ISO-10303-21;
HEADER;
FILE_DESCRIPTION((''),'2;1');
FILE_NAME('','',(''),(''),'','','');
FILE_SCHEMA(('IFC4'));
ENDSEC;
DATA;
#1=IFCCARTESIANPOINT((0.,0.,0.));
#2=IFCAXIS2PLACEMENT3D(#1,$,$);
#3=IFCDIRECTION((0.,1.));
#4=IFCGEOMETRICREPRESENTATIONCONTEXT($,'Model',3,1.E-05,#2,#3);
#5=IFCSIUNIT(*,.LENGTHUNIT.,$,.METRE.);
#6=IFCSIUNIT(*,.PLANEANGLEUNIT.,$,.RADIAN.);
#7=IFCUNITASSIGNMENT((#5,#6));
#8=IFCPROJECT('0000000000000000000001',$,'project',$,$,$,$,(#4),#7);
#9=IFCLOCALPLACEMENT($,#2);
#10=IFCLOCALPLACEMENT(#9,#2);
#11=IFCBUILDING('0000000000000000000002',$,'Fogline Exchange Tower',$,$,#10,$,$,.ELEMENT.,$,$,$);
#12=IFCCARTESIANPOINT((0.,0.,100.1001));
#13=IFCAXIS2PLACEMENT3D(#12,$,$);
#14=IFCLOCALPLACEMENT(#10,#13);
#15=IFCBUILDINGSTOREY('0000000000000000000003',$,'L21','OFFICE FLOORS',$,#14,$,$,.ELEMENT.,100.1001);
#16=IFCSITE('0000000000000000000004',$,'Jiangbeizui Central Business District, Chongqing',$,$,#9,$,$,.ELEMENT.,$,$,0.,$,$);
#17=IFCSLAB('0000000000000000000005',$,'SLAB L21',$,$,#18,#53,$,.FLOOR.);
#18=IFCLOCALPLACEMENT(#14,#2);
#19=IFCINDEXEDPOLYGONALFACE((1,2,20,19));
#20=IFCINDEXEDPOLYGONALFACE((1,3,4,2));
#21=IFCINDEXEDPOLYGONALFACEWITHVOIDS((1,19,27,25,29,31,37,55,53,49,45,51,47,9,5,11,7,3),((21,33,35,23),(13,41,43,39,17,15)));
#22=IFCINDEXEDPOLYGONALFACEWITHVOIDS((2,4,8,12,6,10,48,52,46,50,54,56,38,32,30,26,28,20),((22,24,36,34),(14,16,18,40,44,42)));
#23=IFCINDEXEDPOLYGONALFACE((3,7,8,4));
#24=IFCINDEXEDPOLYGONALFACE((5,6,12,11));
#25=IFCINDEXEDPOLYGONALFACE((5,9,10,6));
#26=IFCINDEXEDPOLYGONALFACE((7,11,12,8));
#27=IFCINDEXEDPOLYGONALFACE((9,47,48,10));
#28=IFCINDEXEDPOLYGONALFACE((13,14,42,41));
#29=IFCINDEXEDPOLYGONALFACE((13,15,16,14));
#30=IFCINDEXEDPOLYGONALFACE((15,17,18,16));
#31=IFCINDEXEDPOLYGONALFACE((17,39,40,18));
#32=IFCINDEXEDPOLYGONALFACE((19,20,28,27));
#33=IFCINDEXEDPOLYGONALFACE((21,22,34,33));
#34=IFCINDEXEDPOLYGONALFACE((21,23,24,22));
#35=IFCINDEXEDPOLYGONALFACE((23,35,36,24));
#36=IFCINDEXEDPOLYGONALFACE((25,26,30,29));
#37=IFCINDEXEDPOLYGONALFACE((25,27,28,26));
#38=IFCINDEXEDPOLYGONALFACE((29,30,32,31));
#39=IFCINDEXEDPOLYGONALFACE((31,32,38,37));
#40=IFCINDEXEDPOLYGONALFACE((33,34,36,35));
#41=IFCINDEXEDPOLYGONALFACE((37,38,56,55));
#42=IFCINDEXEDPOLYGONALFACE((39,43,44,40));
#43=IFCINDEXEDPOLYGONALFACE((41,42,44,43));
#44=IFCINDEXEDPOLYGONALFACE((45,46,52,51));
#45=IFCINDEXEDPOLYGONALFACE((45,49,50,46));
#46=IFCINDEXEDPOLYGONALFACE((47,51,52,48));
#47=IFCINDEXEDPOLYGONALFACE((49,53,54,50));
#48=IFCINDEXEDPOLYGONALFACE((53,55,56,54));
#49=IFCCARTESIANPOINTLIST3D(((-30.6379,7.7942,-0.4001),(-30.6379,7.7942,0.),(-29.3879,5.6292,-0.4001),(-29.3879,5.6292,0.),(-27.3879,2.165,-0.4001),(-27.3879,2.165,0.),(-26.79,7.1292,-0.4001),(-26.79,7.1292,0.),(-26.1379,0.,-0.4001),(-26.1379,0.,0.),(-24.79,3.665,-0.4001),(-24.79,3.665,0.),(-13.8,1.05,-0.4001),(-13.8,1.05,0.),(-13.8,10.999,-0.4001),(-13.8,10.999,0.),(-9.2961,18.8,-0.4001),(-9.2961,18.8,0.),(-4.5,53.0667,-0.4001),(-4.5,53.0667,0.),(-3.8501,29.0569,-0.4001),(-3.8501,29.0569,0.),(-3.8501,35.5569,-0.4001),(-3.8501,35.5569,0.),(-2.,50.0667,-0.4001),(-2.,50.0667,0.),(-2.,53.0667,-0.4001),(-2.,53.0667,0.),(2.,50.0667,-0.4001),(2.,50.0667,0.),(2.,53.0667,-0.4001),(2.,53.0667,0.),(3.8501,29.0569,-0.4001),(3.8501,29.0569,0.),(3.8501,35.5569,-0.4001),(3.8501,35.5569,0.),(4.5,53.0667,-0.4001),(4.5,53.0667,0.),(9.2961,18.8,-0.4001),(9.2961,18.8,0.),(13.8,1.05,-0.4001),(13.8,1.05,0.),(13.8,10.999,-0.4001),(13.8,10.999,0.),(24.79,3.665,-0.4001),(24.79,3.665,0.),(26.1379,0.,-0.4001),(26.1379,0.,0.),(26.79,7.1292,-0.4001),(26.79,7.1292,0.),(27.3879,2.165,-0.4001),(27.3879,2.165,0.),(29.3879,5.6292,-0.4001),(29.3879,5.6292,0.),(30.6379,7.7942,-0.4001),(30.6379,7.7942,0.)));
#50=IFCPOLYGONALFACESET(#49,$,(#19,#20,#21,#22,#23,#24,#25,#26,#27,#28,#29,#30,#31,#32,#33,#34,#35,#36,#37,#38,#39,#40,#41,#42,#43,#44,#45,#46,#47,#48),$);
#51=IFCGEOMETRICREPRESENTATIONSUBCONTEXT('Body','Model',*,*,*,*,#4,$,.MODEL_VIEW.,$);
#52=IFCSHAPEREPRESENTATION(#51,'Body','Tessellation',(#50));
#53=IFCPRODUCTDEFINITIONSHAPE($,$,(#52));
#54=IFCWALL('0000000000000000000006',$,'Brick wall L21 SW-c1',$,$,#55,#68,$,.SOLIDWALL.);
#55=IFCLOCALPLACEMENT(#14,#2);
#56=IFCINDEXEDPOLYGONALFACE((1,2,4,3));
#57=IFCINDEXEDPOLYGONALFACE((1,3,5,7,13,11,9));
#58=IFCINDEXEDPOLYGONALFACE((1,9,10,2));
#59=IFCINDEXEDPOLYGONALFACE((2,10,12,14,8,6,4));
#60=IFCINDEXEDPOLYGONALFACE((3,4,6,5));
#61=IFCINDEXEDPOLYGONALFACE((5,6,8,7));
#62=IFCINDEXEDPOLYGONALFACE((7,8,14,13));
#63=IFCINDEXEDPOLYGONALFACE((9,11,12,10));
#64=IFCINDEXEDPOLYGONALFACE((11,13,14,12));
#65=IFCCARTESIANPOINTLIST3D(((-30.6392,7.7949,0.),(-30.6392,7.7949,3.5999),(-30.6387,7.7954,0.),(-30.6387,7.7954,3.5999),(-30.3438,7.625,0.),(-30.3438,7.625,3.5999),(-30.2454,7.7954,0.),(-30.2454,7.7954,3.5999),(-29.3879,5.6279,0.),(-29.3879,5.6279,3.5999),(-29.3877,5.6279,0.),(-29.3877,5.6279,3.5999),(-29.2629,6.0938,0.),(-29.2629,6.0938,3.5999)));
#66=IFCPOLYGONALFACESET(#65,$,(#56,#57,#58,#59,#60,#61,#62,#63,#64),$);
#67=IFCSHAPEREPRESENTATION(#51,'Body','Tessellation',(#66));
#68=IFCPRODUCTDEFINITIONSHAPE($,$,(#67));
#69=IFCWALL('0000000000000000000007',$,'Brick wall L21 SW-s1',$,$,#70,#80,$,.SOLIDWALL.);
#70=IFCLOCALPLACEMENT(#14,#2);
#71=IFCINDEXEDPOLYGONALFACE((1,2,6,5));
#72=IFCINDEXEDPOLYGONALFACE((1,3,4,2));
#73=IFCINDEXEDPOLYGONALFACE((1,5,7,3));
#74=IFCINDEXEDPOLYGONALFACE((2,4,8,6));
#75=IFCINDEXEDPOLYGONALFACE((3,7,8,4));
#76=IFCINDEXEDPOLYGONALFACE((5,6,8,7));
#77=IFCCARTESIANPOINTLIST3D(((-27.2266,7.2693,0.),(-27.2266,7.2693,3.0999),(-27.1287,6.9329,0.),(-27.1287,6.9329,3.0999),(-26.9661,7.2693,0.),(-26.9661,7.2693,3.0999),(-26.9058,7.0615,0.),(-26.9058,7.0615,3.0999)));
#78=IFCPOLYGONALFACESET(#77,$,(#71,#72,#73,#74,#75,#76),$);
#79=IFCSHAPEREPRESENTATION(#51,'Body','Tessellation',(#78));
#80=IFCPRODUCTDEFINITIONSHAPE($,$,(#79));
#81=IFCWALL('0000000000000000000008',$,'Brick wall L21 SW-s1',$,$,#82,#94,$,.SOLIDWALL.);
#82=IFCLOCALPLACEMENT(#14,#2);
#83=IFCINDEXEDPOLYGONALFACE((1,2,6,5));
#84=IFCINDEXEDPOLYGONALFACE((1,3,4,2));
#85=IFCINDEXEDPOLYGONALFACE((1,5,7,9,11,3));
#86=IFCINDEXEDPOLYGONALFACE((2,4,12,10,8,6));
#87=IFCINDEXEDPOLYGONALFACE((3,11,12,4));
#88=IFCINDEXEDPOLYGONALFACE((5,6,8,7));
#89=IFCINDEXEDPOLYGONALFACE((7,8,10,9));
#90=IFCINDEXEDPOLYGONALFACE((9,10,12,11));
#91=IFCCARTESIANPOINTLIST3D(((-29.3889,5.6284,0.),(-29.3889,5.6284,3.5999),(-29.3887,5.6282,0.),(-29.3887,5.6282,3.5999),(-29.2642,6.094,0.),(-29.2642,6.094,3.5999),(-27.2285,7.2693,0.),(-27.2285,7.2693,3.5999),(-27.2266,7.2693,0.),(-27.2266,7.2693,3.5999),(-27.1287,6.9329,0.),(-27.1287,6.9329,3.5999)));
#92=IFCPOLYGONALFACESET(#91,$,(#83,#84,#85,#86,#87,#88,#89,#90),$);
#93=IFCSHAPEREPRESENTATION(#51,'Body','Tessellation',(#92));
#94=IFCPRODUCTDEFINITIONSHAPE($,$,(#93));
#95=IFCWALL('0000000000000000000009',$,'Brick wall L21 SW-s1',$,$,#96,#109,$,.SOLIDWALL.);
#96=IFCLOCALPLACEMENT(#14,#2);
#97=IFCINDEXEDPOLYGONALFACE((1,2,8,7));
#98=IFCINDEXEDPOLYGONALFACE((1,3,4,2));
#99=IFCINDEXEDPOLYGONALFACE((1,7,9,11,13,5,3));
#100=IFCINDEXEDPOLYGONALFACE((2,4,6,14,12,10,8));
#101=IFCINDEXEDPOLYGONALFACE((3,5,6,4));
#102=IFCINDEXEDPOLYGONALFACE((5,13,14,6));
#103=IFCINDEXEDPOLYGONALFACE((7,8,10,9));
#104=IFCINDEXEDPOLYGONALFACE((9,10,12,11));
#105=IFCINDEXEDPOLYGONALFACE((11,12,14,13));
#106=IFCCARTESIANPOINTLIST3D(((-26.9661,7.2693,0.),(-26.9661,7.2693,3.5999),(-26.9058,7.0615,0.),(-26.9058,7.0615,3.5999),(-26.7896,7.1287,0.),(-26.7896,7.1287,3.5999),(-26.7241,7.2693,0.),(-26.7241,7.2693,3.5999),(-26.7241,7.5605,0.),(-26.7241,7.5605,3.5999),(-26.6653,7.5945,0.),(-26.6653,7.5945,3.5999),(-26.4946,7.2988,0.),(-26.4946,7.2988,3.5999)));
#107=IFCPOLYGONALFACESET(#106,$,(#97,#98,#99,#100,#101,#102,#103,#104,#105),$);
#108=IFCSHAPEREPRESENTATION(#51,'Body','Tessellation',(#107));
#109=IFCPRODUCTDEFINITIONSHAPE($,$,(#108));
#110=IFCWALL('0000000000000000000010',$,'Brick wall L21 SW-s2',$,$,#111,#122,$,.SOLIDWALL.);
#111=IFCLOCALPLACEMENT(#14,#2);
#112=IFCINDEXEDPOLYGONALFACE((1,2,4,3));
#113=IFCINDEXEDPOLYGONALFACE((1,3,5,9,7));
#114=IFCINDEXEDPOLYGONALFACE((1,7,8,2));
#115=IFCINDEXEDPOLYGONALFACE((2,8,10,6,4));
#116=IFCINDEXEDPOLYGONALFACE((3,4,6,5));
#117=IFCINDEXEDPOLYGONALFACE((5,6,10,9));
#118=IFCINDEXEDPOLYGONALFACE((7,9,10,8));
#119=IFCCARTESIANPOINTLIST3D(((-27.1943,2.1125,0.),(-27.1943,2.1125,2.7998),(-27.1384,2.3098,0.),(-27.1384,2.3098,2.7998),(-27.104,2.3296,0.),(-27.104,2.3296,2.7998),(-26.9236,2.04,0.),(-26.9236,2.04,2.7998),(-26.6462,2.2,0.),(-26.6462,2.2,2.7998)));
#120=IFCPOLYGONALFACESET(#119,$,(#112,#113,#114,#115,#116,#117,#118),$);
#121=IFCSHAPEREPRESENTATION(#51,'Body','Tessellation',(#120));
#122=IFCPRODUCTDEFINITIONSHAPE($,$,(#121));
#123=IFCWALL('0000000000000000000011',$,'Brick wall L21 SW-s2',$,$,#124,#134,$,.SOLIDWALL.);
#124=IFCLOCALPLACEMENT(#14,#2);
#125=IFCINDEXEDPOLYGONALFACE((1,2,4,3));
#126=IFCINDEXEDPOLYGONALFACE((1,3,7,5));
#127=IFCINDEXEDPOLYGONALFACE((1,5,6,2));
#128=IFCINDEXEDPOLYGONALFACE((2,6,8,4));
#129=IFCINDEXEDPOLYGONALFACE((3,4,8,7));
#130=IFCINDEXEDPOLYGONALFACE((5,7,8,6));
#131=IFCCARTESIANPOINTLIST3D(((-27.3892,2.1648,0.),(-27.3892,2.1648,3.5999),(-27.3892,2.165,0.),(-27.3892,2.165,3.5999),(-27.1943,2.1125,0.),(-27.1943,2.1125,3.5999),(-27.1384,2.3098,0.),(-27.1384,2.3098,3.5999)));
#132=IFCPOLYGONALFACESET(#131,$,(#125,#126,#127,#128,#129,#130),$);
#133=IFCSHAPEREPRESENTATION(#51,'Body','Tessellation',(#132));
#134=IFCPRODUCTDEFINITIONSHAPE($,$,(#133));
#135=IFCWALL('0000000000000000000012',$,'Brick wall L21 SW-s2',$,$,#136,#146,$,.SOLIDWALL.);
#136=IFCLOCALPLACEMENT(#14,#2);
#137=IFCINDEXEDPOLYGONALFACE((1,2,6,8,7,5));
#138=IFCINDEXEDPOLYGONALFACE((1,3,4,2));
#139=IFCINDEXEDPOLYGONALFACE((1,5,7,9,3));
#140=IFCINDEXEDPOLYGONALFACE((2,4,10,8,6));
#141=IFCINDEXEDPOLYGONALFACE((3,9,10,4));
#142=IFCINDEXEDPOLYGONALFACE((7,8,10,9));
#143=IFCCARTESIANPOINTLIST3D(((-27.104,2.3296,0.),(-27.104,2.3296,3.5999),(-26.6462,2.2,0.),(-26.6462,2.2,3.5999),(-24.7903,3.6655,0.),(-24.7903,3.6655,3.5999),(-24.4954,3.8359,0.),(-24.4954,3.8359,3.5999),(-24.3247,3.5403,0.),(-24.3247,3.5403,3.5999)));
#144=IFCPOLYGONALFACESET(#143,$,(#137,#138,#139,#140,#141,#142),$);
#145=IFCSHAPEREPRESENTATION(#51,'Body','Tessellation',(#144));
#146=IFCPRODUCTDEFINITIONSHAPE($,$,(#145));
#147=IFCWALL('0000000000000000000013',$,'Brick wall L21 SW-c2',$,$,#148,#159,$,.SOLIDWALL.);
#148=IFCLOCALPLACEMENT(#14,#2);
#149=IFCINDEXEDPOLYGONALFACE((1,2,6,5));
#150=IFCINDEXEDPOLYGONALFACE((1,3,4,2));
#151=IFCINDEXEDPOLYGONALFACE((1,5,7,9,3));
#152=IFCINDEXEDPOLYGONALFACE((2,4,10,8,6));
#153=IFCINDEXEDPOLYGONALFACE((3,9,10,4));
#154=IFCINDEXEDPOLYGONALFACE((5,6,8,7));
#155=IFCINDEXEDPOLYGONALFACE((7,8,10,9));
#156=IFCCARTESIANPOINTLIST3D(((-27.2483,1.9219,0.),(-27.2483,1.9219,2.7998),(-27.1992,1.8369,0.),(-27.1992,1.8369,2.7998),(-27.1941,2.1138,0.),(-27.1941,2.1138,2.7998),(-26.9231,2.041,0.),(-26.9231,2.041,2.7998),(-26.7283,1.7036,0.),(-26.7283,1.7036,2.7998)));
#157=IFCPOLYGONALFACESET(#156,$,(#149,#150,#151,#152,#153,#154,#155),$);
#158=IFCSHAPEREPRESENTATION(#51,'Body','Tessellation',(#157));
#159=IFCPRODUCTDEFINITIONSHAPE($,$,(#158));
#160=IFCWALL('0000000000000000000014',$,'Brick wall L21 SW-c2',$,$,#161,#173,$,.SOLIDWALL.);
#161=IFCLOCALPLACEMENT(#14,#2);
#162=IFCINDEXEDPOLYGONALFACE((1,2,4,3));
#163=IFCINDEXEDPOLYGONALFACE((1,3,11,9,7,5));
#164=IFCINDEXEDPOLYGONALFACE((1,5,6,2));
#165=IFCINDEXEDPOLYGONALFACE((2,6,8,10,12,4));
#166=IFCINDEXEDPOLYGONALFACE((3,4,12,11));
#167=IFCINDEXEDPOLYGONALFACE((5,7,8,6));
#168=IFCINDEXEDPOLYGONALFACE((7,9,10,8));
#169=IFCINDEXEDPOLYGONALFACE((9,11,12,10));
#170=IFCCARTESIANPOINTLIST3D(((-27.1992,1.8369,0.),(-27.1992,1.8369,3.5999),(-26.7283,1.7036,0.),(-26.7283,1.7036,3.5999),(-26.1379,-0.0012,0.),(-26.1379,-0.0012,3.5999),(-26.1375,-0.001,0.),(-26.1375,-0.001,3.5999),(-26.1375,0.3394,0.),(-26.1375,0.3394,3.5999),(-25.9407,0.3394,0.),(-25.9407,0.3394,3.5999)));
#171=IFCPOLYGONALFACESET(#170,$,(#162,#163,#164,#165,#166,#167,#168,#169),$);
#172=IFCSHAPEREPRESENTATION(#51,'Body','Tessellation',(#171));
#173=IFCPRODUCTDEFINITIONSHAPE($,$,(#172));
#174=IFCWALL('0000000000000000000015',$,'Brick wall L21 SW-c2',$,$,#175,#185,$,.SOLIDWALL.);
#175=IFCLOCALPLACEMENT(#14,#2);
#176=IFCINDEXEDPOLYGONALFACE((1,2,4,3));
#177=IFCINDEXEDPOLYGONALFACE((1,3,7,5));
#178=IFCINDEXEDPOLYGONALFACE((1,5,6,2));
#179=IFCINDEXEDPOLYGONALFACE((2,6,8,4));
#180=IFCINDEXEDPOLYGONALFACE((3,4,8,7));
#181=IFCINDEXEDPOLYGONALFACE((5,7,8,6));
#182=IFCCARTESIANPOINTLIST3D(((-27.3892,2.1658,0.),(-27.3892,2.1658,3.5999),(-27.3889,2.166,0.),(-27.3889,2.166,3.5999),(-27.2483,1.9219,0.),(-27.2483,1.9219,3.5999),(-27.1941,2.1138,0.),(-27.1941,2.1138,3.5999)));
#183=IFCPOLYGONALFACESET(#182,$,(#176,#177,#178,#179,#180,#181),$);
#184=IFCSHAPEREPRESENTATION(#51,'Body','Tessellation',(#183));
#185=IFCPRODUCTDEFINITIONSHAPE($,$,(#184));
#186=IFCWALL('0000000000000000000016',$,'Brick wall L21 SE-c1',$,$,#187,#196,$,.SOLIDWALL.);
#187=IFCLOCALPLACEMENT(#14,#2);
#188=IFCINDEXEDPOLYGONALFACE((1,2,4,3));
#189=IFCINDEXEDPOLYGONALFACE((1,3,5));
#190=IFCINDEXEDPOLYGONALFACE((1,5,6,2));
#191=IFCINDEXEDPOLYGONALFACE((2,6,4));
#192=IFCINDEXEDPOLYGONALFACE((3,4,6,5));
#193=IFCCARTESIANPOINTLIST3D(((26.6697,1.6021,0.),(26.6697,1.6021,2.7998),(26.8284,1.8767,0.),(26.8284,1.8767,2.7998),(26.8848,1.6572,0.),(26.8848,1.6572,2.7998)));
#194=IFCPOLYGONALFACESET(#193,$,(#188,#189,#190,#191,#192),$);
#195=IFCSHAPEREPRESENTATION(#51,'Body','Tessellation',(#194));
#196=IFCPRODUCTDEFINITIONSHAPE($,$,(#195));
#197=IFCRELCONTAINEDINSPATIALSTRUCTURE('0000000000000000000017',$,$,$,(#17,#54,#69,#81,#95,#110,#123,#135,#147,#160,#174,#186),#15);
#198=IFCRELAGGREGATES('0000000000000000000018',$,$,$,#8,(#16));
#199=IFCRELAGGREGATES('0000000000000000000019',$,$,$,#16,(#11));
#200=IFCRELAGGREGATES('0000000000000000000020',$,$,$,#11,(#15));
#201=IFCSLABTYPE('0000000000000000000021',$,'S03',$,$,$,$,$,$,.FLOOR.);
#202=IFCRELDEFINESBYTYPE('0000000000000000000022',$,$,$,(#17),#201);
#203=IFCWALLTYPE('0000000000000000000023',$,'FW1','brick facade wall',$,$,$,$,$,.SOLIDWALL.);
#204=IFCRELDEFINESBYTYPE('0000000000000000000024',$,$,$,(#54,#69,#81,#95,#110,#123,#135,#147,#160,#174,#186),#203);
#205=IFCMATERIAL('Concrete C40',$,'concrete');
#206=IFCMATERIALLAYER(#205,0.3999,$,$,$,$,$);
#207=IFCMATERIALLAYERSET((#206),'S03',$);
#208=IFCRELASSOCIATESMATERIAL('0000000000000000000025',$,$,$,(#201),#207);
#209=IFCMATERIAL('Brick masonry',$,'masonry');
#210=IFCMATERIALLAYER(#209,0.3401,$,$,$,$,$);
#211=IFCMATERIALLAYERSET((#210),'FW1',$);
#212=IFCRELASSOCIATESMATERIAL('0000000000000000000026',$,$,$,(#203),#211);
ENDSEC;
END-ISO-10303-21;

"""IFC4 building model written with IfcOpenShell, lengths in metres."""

from ifc_helpers import new_model, si_unit, direction, frame, origin, place, context, subcontext, project, spatial, polyline, outline, extrude, material, layer, layer_set, type_object, element, save


model = new_model("IFC4")

# Units and contexts
model_context = context("Model", 3, precision=1e-05, world=origin(), true_north=direction((0.0, 1.0)))
body_context = subcontext(model_context, "Body", "Model", "MODEL_VIEW")
ifc_project = project(units=[si_unit("LENGTHUNIT", "METRE"), si_unit("PLANEANGLEUNIT", "RADIAN")], contexts=[model_context])

# Site, building, storey
site_placement = place(None, origin())
site = spatial("IfcSite", under=ifc_project, at=site_placement, Name="Jiangbeizui Central Business District, Chongqing", CompositionType="ELEMENT", RefElevation=0.0)
building_placement = place(site_placement, origin())
building = spatial("IfcBuilding", under=site, at=building_placement, Name="Fogline Exchange Tower", CompositionType="ELEMENT")
storey_placement = place(building_placement, frame((0.0, 0.0, 100.1001)))
storey = spatial("IfcBuildingStorey", under=building, at=storey_placement, Name="L21", Description="OFFICE FLOORS", CompositionType="ELEMENT", Elevation=100.1001)

# Slab
ifc_material_1 = material(Name="Concrete C40", Category="concrete")
ifc_layer_1 = layer(ifc_material_1, 0.3999)
ifc_layer_set_1 = layer_set([ifc_layer_1], Name="S03")
slab_type = type_object("IfcSlabType", Name="S03", PredefinedType="FLOOR", material=ifc_layer_set_1)
slab_placement = place(storey_placement, frame((0.0, 0.0, -0.4001)))
element("IfcSlab", 1, at=slab_placement, inside=storey, type_object=slab_type, Name="SLAB L21", PredefinedType="FLOOR", context=body_context, shape_type="SweptSolid", body=[
    extrude(outline(polyline([(-2.0, 53.0667), (-4.5, 53.0667), (-30.6379, 7.7942), (-29.3879, 5.6292), (-26.79, 7.1292), (-24.79, 3.665), (-27.3879, 2.165), (-26.1379, 0.0), (26.1379, 0.0), (27.3879, 2.165), (24.79, 3.665), (26.79, 7.1292), (29.3879, 5.6292), (30.6379, 7.7942), (4.5, 53.0667), (2.0, 53.0667), (2.0, 50.0667), (-2.0, 50.0667), (-2.0, 53.0667)]), holes=[polyline([(13.8, 10.999), (13.8, 1.05), (-13.8, 1.05), (-13.8, 10.999), (-9.2961, 18.8), (9.2961, 18.8), (13.8, 10.999)]), polyline([(3.8501, 35.5569), (3.8501, 29.0569), (-3.8501, 29.0569), (-3.8501, 35.5569), (3.8501, 35.5569)])]), origin(), (0.0, 0.0, 1.0), 0.4001),
])

# Walls
ifc_material_2 = material(Name="Brick masonry", Category="masonry")
ifc_layer_2 = layer(ifc_material_2, 0.3401)
ifc_layer_set_2 = layer_set([ifc_layer_2], Name="FW1")
wall_type = type_object("IfcWallType", Name="FW1", Description="brick facade wall", PredefinedType="SOLIDWALL", material=ifc_layer_set_2)
wall_1_placement = place(storey_placement, origin())
element("IfcWall", 2, at=wall_1_placement, inside=storey, type_object=wall_type, Name="Brick wall L21 SW-c1", PredefinedType="SOLIDWALL", context=body_context, shape_type="SweptSolid", body=[
    extrude(outline(polyline([(-29.3879, 5.6279), (-30.6392, 7.7949), (-30.6387, 7.7954), (-30.3438, 7.625), (-30.2454, 7.7954), (-29.2629, 6.0938), (-29.3877, 5.6279), (-29.3879, 5.6279)])), origin(), (0.0, 0.0, 1.0), 3.5999),
])
wall_2_placement = place(storey_placement, origin())
element("IfcWall", 3, at=wall_2_placement, inside=storey, type_object=wall_type, Name="Brick wall L21 SW-s1", PredefinedType="SOLIDWALL", context=body_context, shape_type="SweptSolid", body=[
    extrude(outline(polyline([(-26.9661, 7.2693), (-26.9058, 7.0615), (-27.1287, 6.9329), (-27.2266, 7.2693), (-26.9661, 7.2693)])), origin(), (0.0, 0.0, 1.0), 3.0999),
])
wall_3_placement = place(storey_placement, origin())
element("IfcWall", 4, at=wall_3_placement, inside=storey, type_object=wall_type, Name="Brick wall L21 SW-s1", PredefinedType="SOLIDWALL", context=body_context, shape_type="SweptSolid", body=[
    extrude(outline(polyline([(-27.2266, 7.2693), (-27.1287, 6.9329), (-29.3887, 5.6282), (-29.3889, 5.6284), (-29.2642, 6.094), (-27.2285, 7.2693), (-27.2266, 7.2693)])), origin(), (0.0, 0.0, 1.0), 3.5999),
])
wall_4_placement = place(storey_placement, origin())
element("IfcWall", 5, at=wall_4_placement, inside=storey, type_object=wall_type, Name="Brick wall L21 SW-s1", PredefinedType="SOLIDWALL", context=body_context, shape_type="SweptSolid", body=[
    extrude(outline(polyline([(-26.7241, 7.2693), (-26.7241, 7.5605), (-26.6653, 7.5945), (-26.4946, 7.2988), (-26.7896, 7.1287), (-26.9058, 7.0615), (-26.9661, 7.2693), (-26.7241, 7.2693)])), origin(), (0.0, 0.0, 1.0), 3.5999),
])
wall_5_placement = place(storey_placement, origin())
element("IfcWall", 6, at=wall_5_placement, inside=storey, type_object=wall_type, Name="Brick wall L21 SW-s2", PredefinedType="SOLIDWALL", context=body_context, shape_type="SweptSolid", body=[
    extrude(outline(polyline([(-27.104, 2.3296), (-26.6462, 2.2), (-26.9236, 2.04), (-27.1943, 2.1125), (-27.1384, 2.3098), (-27.104, 2.3296)])), origin(), (0.0, 0.0, 1.0), 2.7998),
])
wall_6_placement = place(storey_placement, origin())
element("IfcWall", 7, at=wall_6_placement, inside=storey, type_object=wall_type, Name="Brick wall L21 SW-s2", PredefinedType="SOLIDWALL", context=body_context, shape_type="SweptSolid", body=[
    extrude(outline(polyline([(-27.1384, 2.3098), (-27.1943, 2.1125), (-27.3892, 2.1648), (-27.3892, 2.165), (-27.1384, 2.3098)])), origin(), (0.0, 0.0, 1.0), 3.5999),
])
wall_7_placement = place(storey_placement, origin())
element("IfcWall", 8, at=wall_7_placement, inside=storey, type_object=wall_type, Name="Brick wall L21 SW-s2", PredefinedType="SOLIDWALL", context=body_context, shape_type="SweptSolid", body=[
    extrude(outline(polyline([(-24.7903, 3.6655), (-24.4954, 3.8359), (-24.3247, 3.5403), (-26.6462, 2.2), (-27.104, 2.3296), (-24.7903, 3.6655)])), origin(), (0.0, 0.0, 1.0), 3.5999),
])
wall_8_placement = place(storey_placement, origin())
element("IfcWall", 9, at=wall_8_placement, inside=storey, type_object=wall_type, Name="Brick wall L21 SW-c2", PredefinedType="SOLIDWALL", context=body_context, shape_type="SweptSolid", body=[
    extrude(outline(polyline([(-27.2483, 1.9219), (-27.1941, 2.1138), (-26.9231, 2.041), (-26.7283, 1.7036), (-27.1992, 1.8369), (-27.2483, 1.9219)])), origin(), (0.0, 0.0, 1.0), 2.7998),
])
wall_9_placement = place(storey_placement, origin())
element("IfcWall", 10, at=wall_9_placement, inside=storey, type_object=wall_type, Name="Brick wall L21 SW-c2", PredefinedType="SOLIDWALL", context=body_context, shape_type="SweptSolid", body=[
    extrude(outline(polyline([(-26.1375, 0.3394), (-26.1375, -0.001), (-26.1379, -0.0012), (-27.1992, 1.8369), (-26.7283, 1.7036), (-25.9407, 0.3394), (-26.1375, 0.3394)])), origin(), (0.0, 0.0, 1.0), 3.5999),
])
wall_10_placement = place(storey_placement, origin())
element("IfcWall", 11, at=wall_10_placement, inside=storey, type_object=wall_type, Name="Brick wall L21 SW-c2", PredefinedType="SOLIDWALL", context=body_context, shape_type="SweptSolid", body=[
    extrude(outline(polyline([(-27.3892, 2.1658), (-27.3889, 2.166), (-27.1941, 2.1138), (-27.2483, 1.9219), (-27.3892, 2.1658)])), origin(), (0.0, 0.0, 1.0), 3.5999),
])
wall_11_placement = place(storey_placement, origin())
element("IfcWall", 12, at=wall_11_placement, inside=storey, type_object=wall_type, Name="Brick wall L21 SE-c1", PredefinedType="SOLIDWALL", context=body_context, shape_type="SweptSolid", body=[
    extrude(outline(polyline([(26.8284, 1.8767), (26.8848, 1.6572), (26.6697, 1.6021), (26.8284, 1.8767)])), origin(), (0.0, 0.0, 1.0), 2.7998),
])

save(model, "model.ifc")
